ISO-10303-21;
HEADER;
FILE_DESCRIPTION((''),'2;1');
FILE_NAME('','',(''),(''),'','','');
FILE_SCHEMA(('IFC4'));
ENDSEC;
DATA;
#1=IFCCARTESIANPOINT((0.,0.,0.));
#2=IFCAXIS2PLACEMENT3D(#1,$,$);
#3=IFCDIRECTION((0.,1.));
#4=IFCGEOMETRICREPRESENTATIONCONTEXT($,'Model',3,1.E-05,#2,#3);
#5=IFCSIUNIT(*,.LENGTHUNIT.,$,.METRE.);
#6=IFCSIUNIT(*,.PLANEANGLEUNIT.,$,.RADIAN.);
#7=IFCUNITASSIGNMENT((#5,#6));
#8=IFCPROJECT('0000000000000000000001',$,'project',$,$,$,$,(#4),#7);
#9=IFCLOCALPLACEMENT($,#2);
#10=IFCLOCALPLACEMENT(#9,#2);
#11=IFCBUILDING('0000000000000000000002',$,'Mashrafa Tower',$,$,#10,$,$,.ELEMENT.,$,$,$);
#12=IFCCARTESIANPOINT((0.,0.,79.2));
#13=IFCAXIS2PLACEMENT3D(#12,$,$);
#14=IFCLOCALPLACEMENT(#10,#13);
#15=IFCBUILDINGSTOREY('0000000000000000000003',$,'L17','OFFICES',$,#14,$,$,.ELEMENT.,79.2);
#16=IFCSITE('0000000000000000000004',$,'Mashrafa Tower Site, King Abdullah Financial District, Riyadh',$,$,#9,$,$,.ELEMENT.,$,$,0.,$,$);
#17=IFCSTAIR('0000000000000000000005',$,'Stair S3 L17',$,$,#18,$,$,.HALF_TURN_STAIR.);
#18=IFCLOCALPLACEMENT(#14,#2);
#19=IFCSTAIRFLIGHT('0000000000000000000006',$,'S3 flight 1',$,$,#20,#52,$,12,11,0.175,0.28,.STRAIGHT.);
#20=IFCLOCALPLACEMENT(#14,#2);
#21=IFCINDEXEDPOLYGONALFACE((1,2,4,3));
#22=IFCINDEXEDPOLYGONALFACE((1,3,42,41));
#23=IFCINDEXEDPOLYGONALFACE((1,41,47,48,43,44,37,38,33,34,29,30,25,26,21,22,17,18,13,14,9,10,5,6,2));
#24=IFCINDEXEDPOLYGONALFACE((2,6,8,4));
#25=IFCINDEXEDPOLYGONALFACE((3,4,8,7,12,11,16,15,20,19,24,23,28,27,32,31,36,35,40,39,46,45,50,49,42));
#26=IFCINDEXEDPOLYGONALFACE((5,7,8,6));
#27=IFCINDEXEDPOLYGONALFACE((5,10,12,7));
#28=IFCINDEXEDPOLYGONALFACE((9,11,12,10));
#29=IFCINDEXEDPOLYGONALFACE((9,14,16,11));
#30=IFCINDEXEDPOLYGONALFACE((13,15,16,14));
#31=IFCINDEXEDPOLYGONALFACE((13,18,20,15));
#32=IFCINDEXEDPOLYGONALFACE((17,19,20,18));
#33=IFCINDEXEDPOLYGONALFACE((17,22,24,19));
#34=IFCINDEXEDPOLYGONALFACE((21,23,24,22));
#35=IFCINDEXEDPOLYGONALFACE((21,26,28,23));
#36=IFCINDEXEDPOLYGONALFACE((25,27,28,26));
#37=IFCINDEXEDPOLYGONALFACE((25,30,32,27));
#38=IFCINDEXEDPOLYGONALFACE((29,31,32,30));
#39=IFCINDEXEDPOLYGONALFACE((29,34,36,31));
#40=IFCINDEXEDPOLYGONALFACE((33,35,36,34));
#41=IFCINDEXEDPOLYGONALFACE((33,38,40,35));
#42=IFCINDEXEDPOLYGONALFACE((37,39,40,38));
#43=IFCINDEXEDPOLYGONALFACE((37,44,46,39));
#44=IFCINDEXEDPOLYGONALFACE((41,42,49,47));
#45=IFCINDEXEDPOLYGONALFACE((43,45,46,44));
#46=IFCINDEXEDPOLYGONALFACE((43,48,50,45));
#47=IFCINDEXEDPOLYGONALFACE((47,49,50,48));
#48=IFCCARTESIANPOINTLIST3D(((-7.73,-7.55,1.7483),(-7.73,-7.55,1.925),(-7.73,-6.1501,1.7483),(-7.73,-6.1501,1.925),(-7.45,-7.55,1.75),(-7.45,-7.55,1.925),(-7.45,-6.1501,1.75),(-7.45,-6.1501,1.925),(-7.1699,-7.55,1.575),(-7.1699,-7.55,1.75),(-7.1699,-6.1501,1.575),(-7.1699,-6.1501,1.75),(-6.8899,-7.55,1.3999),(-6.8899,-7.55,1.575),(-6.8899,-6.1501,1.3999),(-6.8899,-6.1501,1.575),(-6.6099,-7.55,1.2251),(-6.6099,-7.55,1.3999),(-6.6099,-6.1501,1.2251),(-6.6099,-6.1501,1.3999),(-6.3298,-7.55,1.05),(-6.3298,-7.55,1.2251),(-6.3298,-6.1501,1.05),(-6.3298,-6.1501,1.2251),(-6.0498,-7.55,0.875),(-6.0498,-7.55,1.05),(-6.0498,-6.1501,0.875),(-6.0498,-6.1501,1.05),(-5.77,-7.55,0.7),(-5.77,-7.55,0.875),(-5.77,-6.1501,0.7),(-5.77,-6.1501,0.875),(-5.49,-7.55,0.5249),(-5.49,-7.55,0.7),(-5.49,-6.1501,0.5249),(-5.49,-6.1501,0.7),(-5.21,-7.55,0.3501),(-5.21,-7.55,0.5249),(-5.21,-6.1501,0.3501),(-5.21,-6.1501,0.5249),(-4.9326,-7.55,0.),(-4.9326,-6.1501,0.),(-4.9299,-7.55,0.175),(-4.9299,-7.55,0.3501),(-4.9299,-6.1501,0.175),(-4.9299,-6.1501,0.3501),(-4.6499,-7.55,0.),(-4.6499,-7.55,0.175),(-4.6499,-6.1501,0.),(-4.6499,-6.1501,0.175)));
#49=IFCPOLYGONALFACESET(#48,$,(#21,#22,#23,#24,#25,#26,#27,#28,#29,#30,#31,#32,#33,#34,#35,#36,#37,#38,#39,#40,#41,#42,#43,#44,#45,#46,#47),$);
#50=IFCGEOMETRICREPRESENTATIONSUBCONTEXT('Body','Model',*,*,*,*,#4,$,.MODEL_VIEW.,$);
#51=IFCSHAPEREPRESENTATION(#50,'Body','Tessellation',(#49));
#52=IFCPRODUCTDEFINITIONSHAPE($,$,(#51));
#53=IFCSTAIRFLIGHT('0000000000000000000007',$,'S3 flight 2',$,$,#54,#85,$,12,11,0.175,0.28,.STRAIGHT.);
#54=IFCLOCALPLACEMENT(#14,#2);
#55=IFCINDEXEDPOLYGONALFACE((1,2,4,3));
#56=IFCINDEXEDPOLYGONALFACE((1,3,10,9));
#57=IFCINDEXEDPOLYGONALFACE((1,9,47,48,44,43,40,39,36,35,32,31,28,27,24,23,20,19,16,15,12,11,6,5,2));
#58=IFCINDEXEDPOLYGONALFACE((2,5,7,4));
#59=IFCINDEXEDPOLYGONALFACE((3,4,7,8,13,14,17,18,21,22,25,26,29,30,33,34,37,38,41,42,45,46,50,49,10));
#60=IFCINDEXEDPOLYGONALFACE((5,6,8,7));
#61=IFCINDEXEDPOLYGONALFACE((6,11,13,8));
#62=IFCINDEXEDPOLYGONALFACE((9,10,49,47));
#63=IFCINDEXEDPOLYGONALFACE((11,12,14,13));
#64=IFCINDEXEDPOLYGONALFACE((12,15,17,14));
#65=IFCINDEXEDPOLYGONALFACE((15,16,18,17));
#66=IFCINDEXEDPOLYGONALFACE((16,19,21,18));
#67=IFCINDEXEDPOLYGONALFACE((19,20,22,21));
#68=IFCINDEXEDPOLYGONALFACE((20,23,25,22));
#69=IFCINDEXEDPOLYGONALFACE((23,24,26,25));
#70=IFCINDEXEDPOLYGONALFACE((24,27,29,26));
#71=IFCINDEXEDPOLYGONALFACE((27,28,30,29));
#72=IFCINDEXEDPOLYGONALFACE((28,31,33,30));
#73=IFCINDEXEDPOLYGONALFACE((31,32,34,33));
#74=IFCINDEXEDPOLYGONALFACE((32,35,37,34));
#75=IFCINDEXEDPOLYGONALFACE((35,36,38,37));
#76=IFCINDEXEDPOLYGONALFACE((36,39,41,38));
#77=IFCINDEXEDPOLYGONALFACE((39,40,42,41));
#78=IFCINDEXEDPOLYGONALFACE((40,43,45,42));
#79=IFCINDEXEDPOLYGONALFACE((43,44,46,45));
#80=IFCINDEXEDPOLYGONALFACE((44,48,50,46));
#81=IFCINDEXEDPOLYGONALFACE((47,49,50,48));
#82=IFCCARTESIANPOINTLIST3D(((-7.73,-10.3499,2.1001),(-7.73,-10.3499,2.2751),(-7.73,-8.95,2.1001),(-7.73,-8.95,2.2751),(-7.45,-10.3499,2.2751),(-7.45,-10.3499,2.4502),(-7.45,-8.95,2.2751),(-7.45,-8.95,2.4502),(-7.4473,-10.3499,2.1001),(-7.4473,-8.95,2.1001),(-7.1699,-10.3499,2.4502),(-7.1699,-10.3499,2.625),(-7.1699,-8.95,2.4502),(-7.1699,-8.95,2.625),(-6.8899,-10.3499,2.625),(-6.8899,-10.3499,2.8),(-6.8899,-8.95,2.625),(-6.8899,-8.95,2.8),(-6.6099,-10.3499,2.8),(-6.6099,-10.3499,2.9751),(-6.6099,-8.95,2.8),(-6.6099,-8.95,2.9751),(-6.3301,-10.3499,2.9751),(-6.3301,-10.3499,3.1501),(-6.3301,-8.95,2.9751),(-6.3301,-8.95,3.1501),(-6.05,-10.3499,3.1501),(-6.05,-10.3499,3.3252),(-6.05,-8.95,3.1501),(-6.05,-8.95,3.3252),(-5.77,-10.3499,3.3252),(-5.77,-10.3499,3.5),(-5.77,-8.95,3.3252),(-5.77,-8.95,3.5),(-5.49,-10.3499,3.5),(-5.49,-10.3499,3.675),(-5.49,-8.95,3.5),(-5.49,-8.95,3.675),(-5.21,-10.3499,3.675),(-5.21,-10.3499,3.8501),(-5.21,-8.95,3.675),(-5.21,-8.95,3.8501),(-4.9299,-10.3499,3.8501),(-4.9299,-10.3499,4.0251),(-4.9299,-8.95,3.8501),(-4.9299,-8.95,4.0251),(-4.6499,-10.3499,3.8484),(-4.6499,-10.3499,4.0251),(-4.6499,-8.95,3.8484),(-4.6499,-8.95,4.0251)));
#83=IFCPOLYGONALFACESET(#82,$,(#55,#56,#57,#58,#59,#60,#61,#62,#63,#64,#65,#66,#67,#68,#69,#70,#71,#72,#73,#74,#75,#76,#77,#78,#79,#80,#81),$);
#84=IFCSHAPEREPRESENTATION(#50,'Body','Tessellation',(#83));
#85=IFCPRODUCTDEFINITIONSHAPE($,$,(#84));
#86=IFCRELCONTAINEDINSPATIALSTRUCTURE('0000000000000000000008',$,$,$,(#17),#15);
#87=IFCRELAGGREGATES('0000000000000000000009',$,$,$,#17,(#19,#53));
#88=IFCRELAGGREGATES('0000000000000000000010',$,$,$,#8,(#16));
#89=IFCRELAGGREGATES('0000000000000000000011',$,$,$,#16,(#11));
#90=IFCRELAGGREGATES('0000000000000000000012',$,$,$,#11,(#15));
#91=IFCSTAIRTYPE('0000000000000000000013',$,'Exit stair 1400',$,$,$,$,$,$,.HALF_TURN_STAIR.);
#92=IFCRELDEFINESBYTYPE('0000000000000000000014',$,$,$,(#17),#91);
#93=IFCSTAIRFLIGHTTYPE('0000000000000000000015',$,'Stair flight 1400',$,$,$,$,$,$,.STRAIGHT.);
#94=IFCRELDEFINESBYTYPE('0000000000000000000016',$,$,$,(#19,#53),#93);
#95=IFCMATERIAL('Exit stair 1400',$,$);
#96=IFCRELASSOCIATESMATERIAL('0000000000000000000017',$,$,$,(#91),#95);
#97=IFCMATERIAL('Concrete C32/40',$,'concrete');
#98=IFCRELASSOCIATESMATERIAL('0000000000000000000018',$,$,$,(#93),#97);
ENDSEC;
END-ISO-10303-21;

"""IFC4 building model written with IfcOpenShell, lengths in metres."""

from ifc_helpers import new_model, si_unit, direction, frame, origin, place, context, subcontext, project, spatial, polyline, outline, extrude, material, type_object, element, aggregate, save


model = new_model("IFC4")

# Units and contexts
model_context = context("Model", 3, precision=1e-05, world=origin(), true_north=direction((0.0, 1.0)))
body_context = subcontext(model_context, "Body", "Model", "MODEL_VIEW")
ifc_project = project(units=[si_unit("LENGTHUNIT", "METRE"), si_unit("PLANEANGLEUNIT", "RADIAN")], contexts=[model_context])

# Site, building, storey
site_placement = place(None, origin())
site = spatial("IfcSite", under=ifc_project, at=site_placement, Name="Mashrafa Tower Site, King Abdullah Financial District, Riyadh", CompositionType="ELEMENT", RefElevation=0.0)
building_placement = place(site_placement, origin())
building = spatial("IfcBuilding", under=site, at=building_placement, Name="Mashrafa Tower", CompositionType="ELEMENT")
storey_placement = place(building_placement, frame((0.0, 0.0, 79.2)))
storey = spatial("IfcBuildingStorey", under=building, at=storey_placement, Name="L17", Description="OFFICES", CompositionType="ELEMENT", Elevation=79.2)

# Stair, stair flights
ifc_material_1 = material(Name="Exit stair 1400")
stair_type = type_object("IfcStairType", Name="Exit stair 1400", PredefinedType="HALF_TURN_STAIR", material=ifc_material_1)
stair_placement = place(storey_placement, origin())
stair = element("IfcStair", 1, at=stair_placement, inside=storey, type_object=stair_type, Name="Stair S3 L17", PredefinedType="HALF_TURN_STAIR")
ifc_material_2 = material(Name="Concrete C32/40", Category="concrete")
stair_flight_type = type_object("IfcStairFlightType", Name="Stair flight 1400", PredefinedType="STRAIGHT", material=ifc_material_2)
stair_flight_1_placement = place(storey_placement, frame((-4.6499, -6.8501, 0.0), z_axis=(0.0, 0.0, 1.0), x_axis=(-1.0, 0.0, 0.0)))
stair_flight_1 = element("IfcStairFlight", 2, at=stair_flight_1_placement, type_object=stair_flight_type, Name="S3 flight 1", NumberOfRisers=12, NumberOfTreads=11, PredefinedType="STRAIGHT", RiserHeight=0.175, TreadLength=0.28, context=body_context, shape_type="SweptSolid", body=[
    extrude(outline(polyline([(0.0, 0.0), (0.0, 0.175), (0.28, 0.175), (0.28, 0.3501), (0.5601, 0.3501), (0.5601, 0.5249), (0.8401, 0.5249), (0.8401, 0.7), (1.1201, 0.7), (1.1201, 0.875), (1.3999, 0.875), (1.3999, 1.05), (1.6799, 1.05), (1.6799, 1.2251), (1.96, 1.2251), (1.96, 1.3999), (2.24, 1.3999), (2.24, 1.575), (2.52, 1.575), (2.52, 1.75), (2.8, 1.75), (2.8, 1.925), (3.0801, 1.925), (3.0801, 2.1001), (3.0801, 1.7483), (0.2827, 0.0), (0.0, 0.0)])), frame((0.0, 0.7, 0.0), z_axis=(0.0, -1.0, 0.0), x_axis=(1.0, 0.0, 0.0)), (0.0, 0.0, 1.0), 1.3999),
])
stair_flight_2_placement = place(storey_placement, frame((-7.73, -9.6499, 2.1001), z_axis=(0.0, 0.0, 1.0), x_axis=(1.0, 0.0, 0.0)))
stair_flight_2 = element("IfcStairFlight", 3, at=stair_flight_2_placement, type_object=stair_flight_type, Name="S3 flight 2", NumberOfRisers=12, NumberOfTreads=11, PredefinedType="STRAIGHT", RiserHeight=0.175, TreadLength=0.28, context=body_context, shape_type="SweptSolid", body=[
    extrude(outline(polyline([(0.0, 0.0), (0.0, 0.175), (0.28, 0.175), (0.28, 0.3501), (0.5601, 0.3501), (0.5601, 0.5249), (0.8401, 0.5249), (0.8401, 0.7), (1.1201, 0.7), (1.1201, 0.875), (1.3999, 0.875), (1.3999, 1.05), (1.6799, 1.05), (1.6799, 1.2251), (1.96, 1.2251), (1.96, 1.3999), (2.24, 1.3999), (2.24, 1.575), (2.52, 1.575), (2.52, 1.75), (2.8, 1.75), (2.8, 1.925), (3.0801, 1.925), (3.0801, 2.1001), (3.0801, 1.7483), (0.2827, 0.0), (0.0, 0.0)])), frame((0.0, 0.7, 0.0), z_axis=(0.0, -1.0, 0.0), x_axis=(1.0, 0.0, 0.0)), (0.0, 0.0, 1.0), 1.3999),
])
aggregate(stair, [stair_flight_1, stair_flight_2])

save(model, "model.ifc")
